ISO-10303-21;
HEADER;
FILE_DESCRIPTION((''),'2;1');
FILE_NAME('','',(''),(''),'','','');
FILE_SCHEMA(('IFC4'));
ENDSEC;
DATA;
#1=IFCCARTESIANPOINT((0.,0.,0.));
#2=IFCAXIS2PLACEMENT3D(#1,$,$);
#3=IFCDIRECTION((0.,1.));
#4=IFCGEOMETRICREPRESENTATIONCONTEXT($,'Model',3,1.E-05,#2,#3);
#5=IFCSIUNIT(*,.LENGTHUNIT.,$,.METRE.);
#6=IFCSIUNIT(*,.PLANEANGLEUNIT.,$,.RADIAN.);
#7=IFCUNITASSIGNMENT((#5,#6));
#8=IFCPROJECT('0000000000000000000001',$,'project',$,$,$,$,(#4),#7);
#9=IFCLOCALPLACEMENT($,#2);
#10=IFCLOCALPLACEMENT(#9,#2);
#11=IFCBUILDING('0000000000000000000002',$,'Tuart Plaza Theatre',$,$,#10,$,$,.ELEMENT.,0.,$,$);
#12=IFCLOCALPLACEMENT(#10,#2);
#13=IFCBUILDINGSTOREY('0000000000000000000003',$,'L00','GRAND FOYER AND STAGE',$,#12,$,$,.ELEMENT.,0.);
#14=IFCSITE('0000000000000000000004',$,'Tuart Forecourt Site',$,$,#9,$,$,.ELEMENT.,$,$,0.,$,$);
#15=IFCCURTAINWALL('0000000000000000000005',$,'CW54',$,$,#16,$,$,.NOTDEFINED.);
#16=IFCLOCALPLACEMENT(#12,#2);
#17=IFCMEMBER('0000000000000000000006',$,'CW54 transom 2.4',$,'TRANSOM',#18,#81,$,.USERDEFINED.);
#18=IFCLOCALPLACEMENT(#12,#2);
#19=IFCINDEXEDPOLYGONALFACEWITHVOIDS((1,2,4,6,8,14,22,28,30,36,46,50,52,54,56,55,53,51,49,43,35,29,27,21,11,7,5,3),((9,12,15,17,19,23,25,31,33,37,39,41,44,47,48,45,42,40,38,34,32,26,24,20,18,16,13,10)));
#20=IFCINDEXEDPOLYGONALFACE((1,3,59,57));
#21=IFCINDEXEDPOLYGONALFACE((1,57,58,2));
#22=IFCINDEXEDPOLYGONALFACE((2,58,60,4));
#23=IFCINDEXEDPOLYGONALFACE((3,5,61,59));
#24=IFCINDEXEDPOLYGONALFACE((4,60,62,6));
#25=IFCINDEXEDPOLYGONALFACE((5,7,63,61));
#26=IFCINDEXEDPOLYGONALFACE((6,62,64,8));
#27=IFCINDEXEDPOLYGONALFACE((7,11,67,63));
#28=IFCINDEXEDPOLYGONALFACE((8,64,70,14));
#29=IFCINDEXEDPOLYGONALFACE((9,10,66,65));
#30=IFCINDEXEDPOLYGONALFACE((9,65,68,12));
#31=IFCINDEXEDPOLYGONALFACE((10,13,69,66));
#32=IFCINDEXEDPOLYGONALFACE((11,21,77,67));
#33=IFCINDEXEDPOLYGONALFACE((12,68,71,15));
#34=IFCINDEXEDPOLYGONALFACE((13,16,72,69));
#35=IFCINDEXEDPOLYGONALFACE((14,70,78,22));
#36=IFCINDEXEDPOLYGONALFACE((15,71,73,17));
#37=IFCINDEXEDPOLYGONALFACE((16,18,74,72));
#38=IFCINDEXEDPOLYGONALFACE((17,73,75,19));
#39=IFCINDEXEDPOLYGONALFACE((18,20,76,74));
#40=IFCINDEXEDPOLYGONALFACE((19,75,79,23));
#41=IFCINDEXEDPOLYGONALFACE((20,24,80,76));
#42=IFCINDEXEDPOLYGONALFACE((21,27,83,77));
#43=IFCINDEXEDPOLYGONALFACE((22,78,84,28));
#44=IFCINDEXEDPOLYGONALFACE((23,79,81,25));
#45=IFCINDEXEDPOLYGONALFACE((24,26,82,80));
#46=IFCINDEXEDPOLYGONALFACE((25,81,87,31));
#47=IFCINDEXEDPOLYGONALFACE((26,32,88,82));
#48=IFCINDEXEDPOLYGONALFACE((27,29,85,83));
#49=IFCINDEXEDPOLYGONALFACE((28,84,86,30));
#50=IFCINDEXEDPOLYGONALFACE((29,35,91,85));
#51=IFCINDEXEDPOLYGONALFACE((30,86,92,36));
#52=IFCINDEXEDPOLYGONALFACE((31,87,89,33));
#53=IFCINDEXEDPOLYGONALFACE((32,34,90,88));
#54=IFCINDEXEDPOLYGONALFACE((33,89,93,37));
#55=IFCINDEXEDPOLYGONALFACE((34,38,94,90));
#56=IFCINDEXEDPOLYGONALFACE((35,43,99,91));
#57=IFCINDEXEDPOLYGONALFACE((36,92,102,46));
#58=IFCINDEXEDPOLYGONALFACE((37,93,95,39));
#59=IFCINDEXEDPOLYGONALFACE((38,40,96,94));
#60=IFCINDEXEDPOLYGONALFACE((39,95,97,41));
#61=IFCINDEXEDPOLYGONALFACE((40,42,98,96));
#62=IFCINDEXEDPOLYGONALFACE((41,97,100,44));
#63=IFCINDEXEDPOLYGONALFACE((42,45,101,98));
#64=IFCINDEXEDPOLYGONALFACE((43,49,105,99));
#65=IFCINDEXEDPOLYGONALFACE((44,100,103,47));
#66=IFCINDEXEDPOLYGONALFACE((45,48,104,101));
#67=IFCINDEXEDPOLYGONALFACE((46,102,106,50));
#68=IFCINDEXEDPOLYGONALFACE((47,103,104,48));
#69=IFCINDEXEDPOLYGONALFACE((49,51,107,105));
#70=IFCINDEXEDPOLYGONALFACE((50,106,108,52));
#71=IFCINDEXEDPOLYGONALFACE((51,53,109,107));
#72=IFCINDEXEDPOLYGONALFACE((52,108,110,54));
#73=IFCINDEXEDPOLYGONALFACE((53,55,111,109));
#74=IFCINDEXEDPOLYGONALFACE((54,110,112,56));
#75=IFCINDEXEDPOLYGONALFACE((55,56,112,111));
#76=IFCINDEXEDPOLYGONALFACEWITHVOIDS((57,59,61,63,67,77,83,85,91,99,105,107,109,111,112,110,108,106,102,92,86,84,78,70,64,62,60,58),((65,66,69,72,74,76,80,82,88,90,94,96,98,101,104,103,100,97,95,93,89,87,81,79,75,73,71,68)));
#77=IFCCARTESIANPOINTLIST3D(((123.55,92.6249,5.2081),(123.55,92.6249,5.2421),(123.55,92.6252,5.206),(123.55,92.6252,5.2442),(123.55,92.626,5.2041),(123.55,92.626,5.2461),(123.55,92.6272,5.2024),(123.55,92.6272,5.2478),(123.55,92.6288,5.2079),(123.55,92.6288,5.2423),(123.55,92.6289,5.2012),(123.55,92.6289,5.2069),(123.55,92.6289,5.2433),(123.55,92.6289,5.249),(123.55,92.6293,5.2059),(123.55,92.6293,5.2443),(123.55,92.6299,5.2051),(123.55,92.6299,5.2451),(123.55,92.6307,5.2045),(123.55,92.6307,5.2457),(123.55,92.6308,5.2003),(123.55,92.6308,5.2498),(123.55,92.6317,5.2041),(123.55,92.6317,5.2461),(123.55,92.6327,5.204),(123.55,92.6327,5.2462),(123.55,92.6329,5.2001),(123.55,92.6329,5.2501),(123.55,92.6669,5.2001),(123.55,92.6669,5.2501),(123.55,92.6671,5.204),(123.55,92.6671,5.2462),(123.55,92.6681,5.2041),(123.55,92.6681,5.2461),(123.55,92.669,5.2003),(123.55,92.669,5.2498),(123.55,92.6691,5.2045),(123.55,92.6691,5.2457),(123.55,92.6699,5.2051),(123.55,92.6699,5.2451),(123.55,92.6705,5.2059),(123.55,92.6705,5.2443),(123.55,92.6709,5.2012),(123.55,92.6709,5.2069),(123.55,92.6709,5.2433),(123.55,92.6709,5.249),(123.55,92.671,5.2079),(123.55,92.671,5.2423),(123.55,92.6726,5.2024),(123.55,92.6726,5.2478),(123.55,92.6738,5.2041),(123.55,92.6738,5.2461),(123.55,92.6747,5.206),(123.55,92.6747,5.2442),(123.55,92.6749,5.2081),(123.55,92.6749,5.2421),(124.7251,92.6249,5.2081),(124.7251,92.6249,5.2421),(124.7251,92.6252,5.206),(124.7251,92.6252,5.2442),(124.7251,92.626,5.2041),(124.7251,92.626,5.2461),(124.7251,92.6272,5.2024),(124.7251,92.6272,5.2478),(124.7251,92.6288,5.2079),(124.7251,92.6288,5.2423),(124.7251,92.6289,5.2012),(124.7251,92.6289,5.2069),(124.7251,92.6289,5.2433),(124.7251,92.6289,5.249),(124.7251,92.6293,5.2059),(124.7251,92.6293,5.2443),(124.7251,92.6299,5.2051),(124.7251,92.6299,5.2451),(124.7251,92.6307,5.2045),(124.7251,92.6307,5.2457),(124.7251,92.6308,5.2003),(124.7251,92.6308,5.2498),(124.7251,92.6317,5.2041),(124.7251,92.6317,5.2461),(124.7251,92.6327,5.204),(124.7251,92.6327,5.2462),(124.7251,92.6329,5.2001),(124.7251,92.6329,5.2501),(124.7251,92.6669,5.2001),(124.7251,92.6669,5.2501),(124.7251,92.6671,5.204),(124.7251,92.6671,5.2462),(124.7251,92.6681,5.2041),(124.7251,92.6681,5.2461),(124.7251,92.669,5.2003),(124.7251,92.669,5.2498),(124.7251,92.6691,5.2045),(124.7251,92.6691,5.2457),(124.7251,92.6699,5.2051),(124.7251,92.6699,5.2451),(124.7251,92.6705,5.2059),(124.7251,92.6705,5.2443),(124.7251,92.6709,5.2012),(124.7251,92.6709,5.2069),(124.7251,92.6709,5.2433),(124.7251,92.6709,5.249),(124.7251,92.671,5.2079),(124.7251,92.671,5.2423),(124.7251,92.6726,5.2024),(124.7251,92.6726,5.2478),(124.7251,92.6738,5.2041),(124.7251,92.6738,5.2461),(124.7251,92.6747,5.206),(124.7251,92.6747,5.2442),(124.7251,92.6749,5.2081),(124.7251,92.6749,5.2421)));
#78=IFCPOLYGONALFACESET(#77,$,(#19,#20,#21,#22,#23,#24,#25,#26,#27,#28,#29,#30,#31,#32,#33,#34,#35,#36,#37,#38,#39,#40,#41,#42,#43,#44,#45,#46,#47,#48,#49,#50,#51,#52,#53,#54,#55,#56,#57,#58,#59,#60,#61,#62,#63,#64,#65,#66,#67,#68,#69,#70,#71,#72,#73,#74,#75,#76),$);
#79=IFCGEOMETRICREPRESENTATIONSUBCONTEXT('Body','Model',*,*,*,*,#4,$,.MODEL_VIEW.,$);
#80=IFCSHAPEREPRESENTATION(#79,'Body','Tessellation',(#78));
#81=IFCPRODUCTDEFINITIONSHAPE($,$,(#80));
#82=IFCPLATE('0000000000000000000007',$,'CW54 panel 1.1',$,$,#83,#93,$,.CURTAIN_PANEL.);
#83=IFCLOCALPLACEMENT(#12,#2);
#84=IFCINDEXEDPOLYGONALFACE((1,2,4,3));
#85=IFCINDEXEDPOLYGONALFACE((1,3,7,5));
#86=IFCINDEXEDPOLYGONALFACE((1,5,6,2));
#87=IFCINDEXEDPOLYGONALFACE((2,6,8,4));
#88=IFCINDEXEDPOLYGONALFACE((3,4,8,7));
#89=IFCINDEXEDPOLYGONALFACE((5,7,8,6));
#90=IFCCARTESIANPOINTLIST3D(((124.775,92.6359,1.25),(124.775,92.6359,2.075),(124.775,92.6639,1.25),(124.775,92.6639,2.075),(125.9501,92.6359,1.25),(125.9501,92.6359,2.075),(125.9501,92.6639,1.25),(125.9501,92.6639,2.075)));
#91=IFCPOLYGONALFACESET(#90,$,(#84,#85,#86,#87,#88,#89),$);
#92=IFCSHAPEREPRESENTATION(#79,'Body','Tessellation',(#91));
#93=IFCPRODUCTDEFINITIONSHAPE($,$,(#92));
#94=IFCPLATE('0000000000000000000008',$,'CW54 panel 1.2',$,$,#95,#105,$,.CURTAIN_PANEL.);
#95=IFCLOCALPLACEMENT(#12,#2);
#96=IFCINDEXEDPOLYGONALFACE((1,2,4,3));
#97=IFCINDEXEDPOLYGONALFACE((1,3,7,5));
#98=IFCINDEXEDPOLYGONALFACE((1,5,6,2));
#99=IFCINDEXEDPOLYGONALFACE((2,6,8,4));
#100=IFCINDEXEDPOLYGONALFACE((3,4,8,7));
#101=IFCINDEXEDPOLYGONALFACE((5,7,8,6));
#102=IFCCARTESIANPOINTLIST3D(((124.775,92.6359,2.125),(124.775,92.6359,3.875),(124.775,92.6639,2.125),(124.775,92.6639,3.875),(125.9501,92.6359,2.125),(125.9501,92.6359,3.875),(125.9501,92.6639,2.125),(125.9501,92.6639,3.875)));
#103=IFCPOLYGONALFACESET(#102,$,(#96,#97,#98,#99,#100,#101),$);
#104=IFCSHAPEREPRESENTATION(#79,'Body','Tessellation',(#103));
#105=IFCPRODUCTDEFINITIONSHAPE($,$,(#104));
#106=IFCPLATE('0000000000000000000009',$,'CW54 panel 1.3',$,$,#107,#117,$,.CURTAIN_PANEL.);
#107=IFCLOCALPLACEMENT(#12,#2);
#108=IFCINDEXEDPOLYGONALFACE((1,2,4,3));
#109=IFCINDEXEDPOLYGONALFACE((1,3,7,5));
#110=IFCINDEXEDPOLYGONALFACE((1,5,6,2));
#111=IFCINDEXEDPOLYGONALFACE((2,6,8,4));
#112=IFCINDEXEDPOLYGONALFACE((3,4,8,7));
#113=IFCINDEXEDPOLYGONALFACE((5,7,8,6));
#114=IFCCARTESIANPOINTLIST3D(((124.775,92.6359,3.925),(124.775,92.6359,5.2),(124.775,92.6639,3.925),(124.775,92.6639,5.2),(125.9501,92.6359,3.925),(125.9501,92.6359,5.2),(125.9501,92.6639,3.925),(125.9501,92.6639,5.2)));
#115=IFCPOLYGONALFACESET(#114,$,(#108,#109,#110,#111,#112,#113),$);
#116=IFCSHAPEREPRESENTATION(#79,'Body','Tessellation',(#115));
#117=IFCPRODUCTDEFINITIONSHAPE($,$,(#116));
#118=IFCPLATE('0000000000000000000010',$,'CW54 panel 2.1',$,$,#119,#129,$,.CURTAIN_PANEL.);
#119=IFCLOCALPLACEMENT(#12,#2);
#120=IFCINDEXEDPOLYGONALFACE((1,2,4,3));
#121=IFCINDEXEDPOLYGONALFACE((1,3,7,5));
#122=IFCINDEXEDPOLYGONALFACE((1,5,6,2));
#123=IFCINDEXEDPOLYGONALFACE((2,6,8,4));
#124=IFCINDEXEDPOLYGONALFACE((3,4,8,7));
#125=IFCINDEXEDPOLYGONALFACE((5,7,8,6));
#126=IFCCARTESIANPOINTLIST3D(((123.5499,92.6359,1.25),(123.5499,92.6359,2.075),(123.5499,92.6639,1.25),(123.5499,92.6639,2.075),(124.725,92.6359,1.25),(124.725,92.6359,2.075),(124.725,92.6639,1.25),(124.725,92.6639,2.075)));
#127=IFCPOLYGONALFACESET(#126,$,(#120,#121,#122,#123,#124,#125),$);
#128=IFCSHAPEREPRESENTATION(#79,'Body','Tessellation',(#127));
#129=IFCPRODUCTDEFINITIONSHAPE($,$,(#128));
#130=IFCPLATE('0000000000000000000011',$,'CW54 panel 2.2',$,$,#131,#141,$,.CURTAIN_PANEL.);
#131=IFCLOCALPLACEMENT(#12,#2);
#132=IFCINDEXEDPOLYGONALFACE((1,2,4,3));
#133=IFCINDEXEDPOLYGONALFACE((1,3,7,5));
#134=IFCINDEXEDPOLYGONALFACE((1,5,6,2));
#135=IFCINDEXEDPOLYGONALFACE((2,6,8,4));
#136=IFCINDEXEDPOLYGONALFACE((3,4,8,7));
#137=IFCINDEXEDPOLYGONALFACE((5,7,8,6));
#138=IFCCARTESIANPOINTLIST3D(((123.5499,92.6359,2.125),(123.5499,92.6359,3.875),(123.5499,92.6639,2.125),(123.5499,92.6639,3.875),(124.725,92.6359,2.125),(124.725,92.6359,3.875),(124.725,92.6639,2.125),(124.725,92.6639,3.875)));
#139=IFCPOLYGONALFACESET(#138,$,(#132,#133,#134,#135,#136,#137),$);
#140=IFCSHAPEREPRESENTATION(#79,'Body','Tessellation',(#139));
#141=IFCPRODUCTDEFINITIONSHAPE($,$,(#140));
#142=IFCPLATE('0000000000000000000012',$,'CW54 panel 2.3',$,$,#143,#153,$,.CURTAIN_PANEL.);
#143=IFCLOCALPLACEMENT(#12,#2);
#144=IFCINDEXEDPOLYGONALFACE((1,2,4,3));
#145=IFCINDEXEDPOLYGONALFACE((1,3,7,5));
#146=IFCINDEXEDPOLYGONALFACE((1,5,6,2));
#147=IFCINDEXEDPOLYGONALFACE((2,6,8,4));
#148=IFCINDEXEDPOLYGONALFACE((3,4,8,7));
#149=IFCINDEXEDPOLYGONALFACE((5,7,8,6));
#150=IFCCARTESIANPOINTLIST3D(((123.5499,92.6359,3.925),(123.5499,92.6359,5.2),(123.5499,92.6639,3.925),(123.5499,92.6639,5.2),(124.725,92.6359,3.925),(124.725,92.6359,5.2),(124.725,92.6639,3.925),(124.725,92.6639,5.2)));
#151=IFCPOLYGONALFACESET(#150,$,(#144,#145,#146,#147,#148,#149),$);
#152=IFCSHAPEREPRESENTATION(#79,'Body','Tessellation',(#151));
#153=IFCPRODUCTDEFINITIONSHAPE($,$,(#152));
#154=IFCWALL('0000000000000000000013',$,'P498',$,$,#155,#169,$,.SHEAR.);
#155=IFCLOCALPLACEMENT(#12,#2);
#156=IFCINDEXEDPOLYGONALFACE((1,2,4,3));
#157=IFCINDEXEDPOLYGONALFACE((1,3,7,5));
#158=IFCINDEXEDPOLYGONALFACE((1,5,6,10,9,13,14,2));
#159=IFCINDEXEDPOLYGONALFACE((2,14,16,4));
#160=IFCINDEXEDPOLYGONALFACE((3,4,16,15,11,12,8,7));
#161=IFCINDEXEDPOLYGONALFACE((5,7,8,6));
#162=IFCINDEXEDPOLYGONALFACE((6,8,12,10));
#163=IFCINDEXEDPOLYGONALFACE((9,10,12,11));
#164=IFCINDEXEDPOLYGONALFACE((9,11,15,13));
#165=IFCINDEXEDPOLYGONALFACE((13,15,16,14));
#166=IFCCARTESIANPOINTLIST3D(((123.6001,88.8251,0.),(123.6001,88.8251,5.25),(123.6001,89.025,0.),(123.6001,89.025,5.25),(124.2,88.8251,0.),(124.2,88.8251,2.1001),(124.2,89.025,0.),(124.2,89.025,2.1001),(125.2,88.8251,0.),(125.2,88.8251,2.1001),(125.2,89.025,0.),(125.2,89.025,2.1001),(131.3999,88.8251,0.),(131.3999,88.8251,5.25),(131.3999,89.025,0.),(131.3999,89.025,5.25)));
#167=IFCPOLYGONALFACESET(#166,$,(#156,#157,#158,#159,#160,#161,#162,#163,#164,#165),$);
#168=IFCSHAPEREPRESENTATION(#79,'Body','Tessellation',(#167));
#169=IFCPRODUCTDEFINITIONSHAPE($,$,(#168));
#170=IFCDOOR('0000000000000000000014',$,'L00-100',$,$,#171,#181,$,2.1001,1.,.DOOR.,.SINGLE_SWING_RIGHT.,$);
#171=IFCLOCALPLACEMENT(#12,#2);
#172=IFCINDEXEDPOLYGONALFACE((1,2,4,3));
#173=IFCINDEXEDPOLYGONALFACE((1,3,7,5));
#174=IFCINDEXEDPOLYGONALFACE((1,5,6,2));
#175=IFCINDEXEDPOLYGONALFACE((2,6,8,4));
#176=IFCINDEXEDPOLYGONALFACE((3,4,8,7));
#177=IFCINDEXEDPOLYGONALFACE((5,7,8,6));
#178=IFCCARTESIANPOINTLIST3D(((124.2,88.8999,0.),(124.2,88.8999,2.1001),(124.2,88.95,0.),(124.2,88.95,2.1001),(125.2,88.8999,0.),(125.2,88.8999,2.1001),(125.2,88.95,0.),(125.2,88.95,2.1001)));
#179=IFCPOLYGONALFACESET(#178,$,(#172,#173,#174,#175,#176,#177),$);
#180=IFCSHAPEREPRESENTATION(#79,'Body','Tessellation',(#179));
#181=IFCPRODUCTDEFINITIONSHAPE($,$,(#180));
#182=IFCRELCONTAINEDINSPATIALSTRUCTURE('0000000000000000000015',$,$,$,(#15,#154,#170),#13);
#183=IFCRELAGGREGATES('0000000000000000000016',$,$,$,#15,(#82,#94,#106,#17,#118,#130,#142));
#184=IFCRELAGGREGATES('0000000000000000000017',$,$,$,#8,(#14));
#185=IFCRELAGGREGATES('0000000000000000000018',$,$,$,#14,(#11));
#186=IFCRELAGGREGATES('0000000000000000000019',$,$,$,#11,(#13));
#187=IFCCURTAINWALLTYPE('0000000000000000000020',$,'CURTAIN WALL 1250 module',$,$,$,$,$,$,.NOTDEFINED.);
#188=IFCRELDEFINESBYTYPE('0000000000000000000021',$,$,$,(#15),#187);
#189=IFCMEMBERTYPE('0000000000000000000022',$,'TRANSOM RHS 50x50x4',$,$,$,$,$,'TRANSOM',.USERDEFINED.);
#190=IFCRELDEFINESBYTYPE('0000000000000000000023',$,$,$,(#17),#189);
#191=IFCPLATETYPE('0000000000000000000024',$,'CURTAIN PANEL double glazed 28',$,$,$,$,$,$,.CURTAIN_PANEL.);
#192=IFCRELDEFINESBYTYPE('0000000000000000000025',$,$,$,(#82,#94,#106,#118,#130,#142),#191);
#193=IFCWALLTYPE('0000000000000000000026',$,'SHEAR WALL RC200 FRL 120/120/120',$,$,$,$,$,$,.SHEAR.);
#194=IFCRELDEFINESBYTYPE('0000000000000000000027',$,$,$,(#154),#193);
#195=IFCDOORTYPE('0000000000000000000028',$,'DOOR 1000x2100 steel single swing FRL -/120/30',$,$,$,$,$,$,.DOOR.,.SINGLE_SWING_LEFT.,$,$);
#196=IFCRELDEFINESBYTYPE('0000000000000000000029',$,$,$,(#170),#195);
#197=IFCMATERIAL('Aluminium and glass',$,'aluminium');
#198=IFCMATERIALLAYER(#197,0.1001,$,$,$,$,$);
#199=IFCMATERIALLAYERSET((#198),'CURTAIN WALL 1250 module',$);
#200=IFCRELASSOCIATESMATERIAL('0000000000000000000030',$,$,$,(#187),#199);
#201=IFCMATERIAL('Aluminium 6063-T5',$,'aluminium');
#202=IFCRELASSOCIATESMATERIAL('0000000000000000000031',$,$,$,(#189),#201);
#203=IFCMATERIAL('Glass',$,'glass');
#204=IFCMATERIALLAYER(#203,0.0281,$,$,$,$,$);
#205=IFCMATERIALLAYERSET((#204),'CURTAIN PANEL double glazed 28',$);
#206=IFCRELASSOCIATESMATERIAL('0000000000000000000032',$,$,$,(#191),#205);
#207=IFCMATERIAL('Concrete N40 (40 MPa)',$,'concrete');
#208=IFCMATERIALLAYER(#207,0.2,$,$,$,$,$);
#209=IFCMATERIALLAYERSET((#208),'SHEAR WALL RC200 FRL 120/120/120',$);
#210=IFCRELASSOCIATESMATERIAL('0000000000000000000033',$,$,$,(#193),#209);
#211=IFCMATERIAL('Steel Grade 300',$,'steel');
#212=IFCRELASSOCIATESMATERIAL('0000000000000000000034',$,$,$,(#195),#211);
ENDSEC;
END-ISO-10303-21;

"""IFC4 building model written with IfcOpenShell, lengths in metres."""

from ifc_helpers import new_model, si_unit, direction, frame, frame_2d, origin, origin_2d, place, context, subcontext, project, spatial, rectangle, hollow_rectangle, extrude, material, layer, layer_set, material_profile, profile_set, type_object, element, fill, aggregate, save


model = new_model("IFC4")

# Units and contexts
model_context = context("Model", 3, precision=1e-05, world=origin(), true_north=direction((0.0, 1.0)))
body_context = subcontext(model_context, "Body", "Model", "MODEL_VIEW")
ifc_project = project(units=[si_unit("LENGTHUNIT", "METRE"), si_unit("PLANEANGLEUNIT", "RADIAN")], contexts=[model_context])

# Site, building, storey
site_placement = place(None, origin())
site = spatial("IfcSite", under=ifc_project, at=site_placement, Name="Tuart Forecourt Site", CompositionType="ELEMENT", RefElevation=0.0)
building_placement = place(site_placement, origin())
building = spatial("IfcBuilding", under=site, at=building_placement, Name="Tuart Plaza Theatre", CompositionType="ELEMENT", ElevationOfRefHeight=0.0)
storey_placement = place(building_placement, origin())
storey = spatial("IfcBuildingStorey", under=building, at=storey_placement, Name="L00", Description="GRAND FOYER AND STAGE", CompositionType="ELEMENT", Elevation=0.0)

# Curtain wall, member, plates
ifc_material_1 = material(Name="Aluminium and glass", Category="aluminium")
ifc_layer_1 = layer(ifc_material_1, 0.1001)
ifc_layer_set_1 = layer_set([ifc_layer_1], Name="CURTAIN WALL 1250 module")
curtain_wall_type = type_object("IfcCurtainWallType", Name="CURTAIN WALL 1250 module", PredefinedType="NOTDEFINED", material=ifc_layer_set_1)
curtain_wall_placement = place(storey_placement, origin())
curtain_wall = element("IfcCurtainWall", 1, at=curtain_wall_placement, inside=storey, type_object=curtain_wall_type, Name="CW54", PredefinedType="NOTDEFINED")
ifc_material_2 = material(Name="Aluminium 6063-T5", Category="aluminium")
ifc_material_profile_1 = material_profile(ifc_material_2, hollow_rectangle(XDim=0.05, YDim=0.05, WallThickness=0.0039, InnerFilletRadius=0.0039, OuterFilletRadius=0.0081, at=origin_2d()), Name="RHS 50x50x4")
ifc_profile_set_1 = profile_set([ifc_material_profile_1], Name="Aluminium 6063-T5")
member_type_1 = type_object("IfcMemberType", Name="TRANSOM RHS 50x50x4", ElementType="TRANSOM", PredefinedType="USERDEFINED", material=ifc_profile_set_1)
member_1_placement = place(storey_placement, frame((124.7251, 92.6499, 5.2251), z_axis=(-1.0, 0.0, 0.0), x_axis=(0.0, -1.0, 0.0)))
member_1 = element("IfcMember", 2, at=member_1_placement, type_object=member_type_1, Name="CW54 transom 2.4", ObjectType="TRANSOM", PredefinedType="USERDEFINED", context=body_context, shape_type="SweptSolid", body=[
    extrude(hollow_rectangle(XDim=0.05, YDim=0.05, WallThickness=0.0039, InnerFilletRadius=0.0039, OuterFilletRadius=0.0081, at=origin_2d()), origin(), (0.0, 0.0, 1.0), 1.175),
])
ifc_material_3 = material(Name="Glass", Category="glass")
ifc_layer_2 = layer(ifc_material_3, 0.0281)
ifc_layer_set_2 = layer_set([ifc_layer_2], Name="CURTAIN PANEL double glazed 28")
plate_type = type_object("IfcPlateType", Name="CURTAIN PANEL double glazed 28", PredefinedType="CURTAIN_PANEL", material=ifc_layer_set_2)
plate_1_placement = place(storey_placement, frame((125.3625, 92.6499, 1.25), z_axis=(0.0, 0.0, 1.0), x_axis=(-1.0, 0.0, 0.0)))
plate_1 = element("IfcPlate", 3, at=plate_1_placement, type_object=plate_type, Name="CW54 panel 1.1", PredefinedType="CURTAIN_PANEL", context=body_context, shape_type="SweptSolid", body=[
    extrude(rectangle(XDim=1.175, YDim=0.0281, at=origin_2d()), origin(), (0.0, 0.0, 1.0), 0.825),
])
plate_2_placement = place(storey_placement, frame((125.3625, 92.6499, 2.125), z_axis=(0.0, 0.0, 1.0), x_axis=(-1.0, 0.0, 0.0)))
plate_2 = element("IfcPlate", 4, at=plate_2_placement, type_object=plate_type, Name="CW54 panel 1.2", PredefinedType="CURTAIN_PANEL", context=body_context, shape_type="SweptSolid", body=[
    extrude(rectangle(XDim=1.175, YDim=0.0281, at=origin_2d()), origin(), (0.0, 0.0, 1.0), 1.75),
])
plate_3_placement = place(storey_placement, frame((125.3625, 92.6499, 3.925), z_axis=(0.0, 0.0, 1.0), x_axis=(-1.0, 0.0, 0.0)))
plate_3 = element("IfcPlate", 5, at=plate_3_placement, type_object=plate_type, Name="CW54 panel 1.3", PredefinedType="CURTAIN_PANEL", context=body_context, shape_type="SweptSolid", body=[
    extrude(rectangle(XDim=1.175, YDim=0.0281, at=origin_2d()), origin(), (0.0, 0.0, 1.0), 1.2749),
])
plate_4_placement = place(storey_placement, frame((124.1375, 92.6499, 1.25), z_axis=(0.0, 0.0, 1.0), x_axis=(-1.0, 0.0, 0.0)))
plate_4 = element("IfcPlate", 6, at=plate_4_placement, type_object=plate_type, Name="CW54 panel 2.1", PredefinedType="CURTAIN_PANEL", context=body_context, shape_type="SweptSolid", body=[
    extrude(rectangle(XDim=1.175, YDim=0.0281, at=origin_2d()), origin(), (0.0, 0.0, 1.0), 0.825),
])
plate_5_placement = place(storey_placement, frame((124.1375, 92.6499, 2.125), z_axis=(0.0, 0.0, 1.0), x_axis=(-1.0, 0.0, 0.0)))
plate_5 = element("IfcPlate", 7, at=plate_5_placement, type_object=plate_type, Name="CW54 panel 2.2", PredefinedType="CURTAIN_PANEL", context=body_context, shape_type="SweptSolid", body=[
    extrude(rectangle(XDim=1.175, YDim=0.0281, at=origin_2d()), origin(), (0.0, 0.0, 1.0), 1.75),
])
plate_6_placement = place(storey_placement, frame((124.1375, 92.6499, 3.925), z_axis=(0.0, 0.0, 1.0), x_axis=(-1.0, 0.0, 0.0)))
plate_6 = element("IfcPlate", 8, at=plate_6_placement, type_object=plate_type, Name="CW54 panel 2.3", PredefinedType="CURTAIN_PANEL", context=body_context, shape_type="SweptSolid", body=[
    extrude(rectangle(XDim=1.175, YDim=0.0281, at=origin_2d()), origin(), (0.0, 0.0, 1.0), 1.2749),
])
aggregate(curtain_wall, [plate_1, plate_2, plate_3, member_1, plate_4, plate_5, plate_6])

# Wall, opening, door
ifc_material_4 = material(Name="Concrete N40 (40 MPa)", Category="concrete")
ifc_layer_3 = layer(ifc_material_4, 0.2)
ifc_layer_set_3 = layer_set([ifc_layer_3], Name="SHEAR WALL RC200 FRL 120/120/120")
wall_type_1 = type_object("IfcWallType", Name="SHEAR WALL RC200 FRL 120/120/120", PredefinedType="SHEAR", material=ifc_layer_set_3)
wall_1_placement = place(storey_placement, frame((131.3999, 88.925, 0.0), z_axis=(0.0, 0.0, 1.0), x_axis=(-1.0, 0.0, 0.0)))
wall_1 = element("IfcWall", 9, at=wall_1_placement, inside=storey, type_object=wall_type_1, Name="P498", PredefinedType="SHEAR", context=body_context, shape_type="SweptSolid", body=[
    extrude(rectangle(XDim=7.7998, YDim=0.2, at=frame_2d((3.8999, 0.0))), origin(), (0.0, 0.0, 1.0), 5.25),
])
opening_placement = place(wall_1_placement, frame((6.2, 0.0, 0.0)))
opening = element("IfcOpeningElement", 10, at=opening_placement, cuts=wall_1, PredefinedType="OPENING", context=body_context, shape_type="SweptSolid", body=[
    extrude(rectangle(XDim=1.0, YDim=2.1001, at=frame_2d((0.5, 1.05))), frame((0.0, 0.1099, 0.0), z_axis=(0.0, -1.0, 0.0), x_axis=(1.0, 0.0, 0.0)), (0.0, 0.0, 1.0), 0.22),
])
ifc_material_5 = material(Name="Steel Grade 300", Category="steel")
door_type = type_object("IfcDoorType", Name="DOOR 1000x2100 steel single swing FRL -/120/30", OperationType="SINGLE_SWING_LEFT", PredefinedType="DOOR", material=ifc_material_5)
door_placement = place(opening_placement, frame((1.0, 0.0, 0.0), z_axis=(0.0, 0.0, 1.0), x_axis=(-1.0, 0.0, 0.0)))
door = element("IfcDoor", 11, at=door_placement, inside=storey, type_object=door_type, Name="L00-100", OperationType="SINGLE_SWING_RIGHT", OverallHeight=2.1001, OverallWidth=1.0, PredefinedType="DOOR", context=body_context, shape_type="SweptSolid", body=[
    extrude(rectangle(XDim=1.0, YDim=2.1001, at=frame_2d((0.5, 1.05))), frame((0.0, 0.0249, 0.0), z_axis=(0.0, -1.0, 0.0), x_axis=(1.0, 0.0, 0.0)), (0.0, 0.0, 1.0), 0.05),
])
fill(opening, door)

save(model, "model.ifc")
